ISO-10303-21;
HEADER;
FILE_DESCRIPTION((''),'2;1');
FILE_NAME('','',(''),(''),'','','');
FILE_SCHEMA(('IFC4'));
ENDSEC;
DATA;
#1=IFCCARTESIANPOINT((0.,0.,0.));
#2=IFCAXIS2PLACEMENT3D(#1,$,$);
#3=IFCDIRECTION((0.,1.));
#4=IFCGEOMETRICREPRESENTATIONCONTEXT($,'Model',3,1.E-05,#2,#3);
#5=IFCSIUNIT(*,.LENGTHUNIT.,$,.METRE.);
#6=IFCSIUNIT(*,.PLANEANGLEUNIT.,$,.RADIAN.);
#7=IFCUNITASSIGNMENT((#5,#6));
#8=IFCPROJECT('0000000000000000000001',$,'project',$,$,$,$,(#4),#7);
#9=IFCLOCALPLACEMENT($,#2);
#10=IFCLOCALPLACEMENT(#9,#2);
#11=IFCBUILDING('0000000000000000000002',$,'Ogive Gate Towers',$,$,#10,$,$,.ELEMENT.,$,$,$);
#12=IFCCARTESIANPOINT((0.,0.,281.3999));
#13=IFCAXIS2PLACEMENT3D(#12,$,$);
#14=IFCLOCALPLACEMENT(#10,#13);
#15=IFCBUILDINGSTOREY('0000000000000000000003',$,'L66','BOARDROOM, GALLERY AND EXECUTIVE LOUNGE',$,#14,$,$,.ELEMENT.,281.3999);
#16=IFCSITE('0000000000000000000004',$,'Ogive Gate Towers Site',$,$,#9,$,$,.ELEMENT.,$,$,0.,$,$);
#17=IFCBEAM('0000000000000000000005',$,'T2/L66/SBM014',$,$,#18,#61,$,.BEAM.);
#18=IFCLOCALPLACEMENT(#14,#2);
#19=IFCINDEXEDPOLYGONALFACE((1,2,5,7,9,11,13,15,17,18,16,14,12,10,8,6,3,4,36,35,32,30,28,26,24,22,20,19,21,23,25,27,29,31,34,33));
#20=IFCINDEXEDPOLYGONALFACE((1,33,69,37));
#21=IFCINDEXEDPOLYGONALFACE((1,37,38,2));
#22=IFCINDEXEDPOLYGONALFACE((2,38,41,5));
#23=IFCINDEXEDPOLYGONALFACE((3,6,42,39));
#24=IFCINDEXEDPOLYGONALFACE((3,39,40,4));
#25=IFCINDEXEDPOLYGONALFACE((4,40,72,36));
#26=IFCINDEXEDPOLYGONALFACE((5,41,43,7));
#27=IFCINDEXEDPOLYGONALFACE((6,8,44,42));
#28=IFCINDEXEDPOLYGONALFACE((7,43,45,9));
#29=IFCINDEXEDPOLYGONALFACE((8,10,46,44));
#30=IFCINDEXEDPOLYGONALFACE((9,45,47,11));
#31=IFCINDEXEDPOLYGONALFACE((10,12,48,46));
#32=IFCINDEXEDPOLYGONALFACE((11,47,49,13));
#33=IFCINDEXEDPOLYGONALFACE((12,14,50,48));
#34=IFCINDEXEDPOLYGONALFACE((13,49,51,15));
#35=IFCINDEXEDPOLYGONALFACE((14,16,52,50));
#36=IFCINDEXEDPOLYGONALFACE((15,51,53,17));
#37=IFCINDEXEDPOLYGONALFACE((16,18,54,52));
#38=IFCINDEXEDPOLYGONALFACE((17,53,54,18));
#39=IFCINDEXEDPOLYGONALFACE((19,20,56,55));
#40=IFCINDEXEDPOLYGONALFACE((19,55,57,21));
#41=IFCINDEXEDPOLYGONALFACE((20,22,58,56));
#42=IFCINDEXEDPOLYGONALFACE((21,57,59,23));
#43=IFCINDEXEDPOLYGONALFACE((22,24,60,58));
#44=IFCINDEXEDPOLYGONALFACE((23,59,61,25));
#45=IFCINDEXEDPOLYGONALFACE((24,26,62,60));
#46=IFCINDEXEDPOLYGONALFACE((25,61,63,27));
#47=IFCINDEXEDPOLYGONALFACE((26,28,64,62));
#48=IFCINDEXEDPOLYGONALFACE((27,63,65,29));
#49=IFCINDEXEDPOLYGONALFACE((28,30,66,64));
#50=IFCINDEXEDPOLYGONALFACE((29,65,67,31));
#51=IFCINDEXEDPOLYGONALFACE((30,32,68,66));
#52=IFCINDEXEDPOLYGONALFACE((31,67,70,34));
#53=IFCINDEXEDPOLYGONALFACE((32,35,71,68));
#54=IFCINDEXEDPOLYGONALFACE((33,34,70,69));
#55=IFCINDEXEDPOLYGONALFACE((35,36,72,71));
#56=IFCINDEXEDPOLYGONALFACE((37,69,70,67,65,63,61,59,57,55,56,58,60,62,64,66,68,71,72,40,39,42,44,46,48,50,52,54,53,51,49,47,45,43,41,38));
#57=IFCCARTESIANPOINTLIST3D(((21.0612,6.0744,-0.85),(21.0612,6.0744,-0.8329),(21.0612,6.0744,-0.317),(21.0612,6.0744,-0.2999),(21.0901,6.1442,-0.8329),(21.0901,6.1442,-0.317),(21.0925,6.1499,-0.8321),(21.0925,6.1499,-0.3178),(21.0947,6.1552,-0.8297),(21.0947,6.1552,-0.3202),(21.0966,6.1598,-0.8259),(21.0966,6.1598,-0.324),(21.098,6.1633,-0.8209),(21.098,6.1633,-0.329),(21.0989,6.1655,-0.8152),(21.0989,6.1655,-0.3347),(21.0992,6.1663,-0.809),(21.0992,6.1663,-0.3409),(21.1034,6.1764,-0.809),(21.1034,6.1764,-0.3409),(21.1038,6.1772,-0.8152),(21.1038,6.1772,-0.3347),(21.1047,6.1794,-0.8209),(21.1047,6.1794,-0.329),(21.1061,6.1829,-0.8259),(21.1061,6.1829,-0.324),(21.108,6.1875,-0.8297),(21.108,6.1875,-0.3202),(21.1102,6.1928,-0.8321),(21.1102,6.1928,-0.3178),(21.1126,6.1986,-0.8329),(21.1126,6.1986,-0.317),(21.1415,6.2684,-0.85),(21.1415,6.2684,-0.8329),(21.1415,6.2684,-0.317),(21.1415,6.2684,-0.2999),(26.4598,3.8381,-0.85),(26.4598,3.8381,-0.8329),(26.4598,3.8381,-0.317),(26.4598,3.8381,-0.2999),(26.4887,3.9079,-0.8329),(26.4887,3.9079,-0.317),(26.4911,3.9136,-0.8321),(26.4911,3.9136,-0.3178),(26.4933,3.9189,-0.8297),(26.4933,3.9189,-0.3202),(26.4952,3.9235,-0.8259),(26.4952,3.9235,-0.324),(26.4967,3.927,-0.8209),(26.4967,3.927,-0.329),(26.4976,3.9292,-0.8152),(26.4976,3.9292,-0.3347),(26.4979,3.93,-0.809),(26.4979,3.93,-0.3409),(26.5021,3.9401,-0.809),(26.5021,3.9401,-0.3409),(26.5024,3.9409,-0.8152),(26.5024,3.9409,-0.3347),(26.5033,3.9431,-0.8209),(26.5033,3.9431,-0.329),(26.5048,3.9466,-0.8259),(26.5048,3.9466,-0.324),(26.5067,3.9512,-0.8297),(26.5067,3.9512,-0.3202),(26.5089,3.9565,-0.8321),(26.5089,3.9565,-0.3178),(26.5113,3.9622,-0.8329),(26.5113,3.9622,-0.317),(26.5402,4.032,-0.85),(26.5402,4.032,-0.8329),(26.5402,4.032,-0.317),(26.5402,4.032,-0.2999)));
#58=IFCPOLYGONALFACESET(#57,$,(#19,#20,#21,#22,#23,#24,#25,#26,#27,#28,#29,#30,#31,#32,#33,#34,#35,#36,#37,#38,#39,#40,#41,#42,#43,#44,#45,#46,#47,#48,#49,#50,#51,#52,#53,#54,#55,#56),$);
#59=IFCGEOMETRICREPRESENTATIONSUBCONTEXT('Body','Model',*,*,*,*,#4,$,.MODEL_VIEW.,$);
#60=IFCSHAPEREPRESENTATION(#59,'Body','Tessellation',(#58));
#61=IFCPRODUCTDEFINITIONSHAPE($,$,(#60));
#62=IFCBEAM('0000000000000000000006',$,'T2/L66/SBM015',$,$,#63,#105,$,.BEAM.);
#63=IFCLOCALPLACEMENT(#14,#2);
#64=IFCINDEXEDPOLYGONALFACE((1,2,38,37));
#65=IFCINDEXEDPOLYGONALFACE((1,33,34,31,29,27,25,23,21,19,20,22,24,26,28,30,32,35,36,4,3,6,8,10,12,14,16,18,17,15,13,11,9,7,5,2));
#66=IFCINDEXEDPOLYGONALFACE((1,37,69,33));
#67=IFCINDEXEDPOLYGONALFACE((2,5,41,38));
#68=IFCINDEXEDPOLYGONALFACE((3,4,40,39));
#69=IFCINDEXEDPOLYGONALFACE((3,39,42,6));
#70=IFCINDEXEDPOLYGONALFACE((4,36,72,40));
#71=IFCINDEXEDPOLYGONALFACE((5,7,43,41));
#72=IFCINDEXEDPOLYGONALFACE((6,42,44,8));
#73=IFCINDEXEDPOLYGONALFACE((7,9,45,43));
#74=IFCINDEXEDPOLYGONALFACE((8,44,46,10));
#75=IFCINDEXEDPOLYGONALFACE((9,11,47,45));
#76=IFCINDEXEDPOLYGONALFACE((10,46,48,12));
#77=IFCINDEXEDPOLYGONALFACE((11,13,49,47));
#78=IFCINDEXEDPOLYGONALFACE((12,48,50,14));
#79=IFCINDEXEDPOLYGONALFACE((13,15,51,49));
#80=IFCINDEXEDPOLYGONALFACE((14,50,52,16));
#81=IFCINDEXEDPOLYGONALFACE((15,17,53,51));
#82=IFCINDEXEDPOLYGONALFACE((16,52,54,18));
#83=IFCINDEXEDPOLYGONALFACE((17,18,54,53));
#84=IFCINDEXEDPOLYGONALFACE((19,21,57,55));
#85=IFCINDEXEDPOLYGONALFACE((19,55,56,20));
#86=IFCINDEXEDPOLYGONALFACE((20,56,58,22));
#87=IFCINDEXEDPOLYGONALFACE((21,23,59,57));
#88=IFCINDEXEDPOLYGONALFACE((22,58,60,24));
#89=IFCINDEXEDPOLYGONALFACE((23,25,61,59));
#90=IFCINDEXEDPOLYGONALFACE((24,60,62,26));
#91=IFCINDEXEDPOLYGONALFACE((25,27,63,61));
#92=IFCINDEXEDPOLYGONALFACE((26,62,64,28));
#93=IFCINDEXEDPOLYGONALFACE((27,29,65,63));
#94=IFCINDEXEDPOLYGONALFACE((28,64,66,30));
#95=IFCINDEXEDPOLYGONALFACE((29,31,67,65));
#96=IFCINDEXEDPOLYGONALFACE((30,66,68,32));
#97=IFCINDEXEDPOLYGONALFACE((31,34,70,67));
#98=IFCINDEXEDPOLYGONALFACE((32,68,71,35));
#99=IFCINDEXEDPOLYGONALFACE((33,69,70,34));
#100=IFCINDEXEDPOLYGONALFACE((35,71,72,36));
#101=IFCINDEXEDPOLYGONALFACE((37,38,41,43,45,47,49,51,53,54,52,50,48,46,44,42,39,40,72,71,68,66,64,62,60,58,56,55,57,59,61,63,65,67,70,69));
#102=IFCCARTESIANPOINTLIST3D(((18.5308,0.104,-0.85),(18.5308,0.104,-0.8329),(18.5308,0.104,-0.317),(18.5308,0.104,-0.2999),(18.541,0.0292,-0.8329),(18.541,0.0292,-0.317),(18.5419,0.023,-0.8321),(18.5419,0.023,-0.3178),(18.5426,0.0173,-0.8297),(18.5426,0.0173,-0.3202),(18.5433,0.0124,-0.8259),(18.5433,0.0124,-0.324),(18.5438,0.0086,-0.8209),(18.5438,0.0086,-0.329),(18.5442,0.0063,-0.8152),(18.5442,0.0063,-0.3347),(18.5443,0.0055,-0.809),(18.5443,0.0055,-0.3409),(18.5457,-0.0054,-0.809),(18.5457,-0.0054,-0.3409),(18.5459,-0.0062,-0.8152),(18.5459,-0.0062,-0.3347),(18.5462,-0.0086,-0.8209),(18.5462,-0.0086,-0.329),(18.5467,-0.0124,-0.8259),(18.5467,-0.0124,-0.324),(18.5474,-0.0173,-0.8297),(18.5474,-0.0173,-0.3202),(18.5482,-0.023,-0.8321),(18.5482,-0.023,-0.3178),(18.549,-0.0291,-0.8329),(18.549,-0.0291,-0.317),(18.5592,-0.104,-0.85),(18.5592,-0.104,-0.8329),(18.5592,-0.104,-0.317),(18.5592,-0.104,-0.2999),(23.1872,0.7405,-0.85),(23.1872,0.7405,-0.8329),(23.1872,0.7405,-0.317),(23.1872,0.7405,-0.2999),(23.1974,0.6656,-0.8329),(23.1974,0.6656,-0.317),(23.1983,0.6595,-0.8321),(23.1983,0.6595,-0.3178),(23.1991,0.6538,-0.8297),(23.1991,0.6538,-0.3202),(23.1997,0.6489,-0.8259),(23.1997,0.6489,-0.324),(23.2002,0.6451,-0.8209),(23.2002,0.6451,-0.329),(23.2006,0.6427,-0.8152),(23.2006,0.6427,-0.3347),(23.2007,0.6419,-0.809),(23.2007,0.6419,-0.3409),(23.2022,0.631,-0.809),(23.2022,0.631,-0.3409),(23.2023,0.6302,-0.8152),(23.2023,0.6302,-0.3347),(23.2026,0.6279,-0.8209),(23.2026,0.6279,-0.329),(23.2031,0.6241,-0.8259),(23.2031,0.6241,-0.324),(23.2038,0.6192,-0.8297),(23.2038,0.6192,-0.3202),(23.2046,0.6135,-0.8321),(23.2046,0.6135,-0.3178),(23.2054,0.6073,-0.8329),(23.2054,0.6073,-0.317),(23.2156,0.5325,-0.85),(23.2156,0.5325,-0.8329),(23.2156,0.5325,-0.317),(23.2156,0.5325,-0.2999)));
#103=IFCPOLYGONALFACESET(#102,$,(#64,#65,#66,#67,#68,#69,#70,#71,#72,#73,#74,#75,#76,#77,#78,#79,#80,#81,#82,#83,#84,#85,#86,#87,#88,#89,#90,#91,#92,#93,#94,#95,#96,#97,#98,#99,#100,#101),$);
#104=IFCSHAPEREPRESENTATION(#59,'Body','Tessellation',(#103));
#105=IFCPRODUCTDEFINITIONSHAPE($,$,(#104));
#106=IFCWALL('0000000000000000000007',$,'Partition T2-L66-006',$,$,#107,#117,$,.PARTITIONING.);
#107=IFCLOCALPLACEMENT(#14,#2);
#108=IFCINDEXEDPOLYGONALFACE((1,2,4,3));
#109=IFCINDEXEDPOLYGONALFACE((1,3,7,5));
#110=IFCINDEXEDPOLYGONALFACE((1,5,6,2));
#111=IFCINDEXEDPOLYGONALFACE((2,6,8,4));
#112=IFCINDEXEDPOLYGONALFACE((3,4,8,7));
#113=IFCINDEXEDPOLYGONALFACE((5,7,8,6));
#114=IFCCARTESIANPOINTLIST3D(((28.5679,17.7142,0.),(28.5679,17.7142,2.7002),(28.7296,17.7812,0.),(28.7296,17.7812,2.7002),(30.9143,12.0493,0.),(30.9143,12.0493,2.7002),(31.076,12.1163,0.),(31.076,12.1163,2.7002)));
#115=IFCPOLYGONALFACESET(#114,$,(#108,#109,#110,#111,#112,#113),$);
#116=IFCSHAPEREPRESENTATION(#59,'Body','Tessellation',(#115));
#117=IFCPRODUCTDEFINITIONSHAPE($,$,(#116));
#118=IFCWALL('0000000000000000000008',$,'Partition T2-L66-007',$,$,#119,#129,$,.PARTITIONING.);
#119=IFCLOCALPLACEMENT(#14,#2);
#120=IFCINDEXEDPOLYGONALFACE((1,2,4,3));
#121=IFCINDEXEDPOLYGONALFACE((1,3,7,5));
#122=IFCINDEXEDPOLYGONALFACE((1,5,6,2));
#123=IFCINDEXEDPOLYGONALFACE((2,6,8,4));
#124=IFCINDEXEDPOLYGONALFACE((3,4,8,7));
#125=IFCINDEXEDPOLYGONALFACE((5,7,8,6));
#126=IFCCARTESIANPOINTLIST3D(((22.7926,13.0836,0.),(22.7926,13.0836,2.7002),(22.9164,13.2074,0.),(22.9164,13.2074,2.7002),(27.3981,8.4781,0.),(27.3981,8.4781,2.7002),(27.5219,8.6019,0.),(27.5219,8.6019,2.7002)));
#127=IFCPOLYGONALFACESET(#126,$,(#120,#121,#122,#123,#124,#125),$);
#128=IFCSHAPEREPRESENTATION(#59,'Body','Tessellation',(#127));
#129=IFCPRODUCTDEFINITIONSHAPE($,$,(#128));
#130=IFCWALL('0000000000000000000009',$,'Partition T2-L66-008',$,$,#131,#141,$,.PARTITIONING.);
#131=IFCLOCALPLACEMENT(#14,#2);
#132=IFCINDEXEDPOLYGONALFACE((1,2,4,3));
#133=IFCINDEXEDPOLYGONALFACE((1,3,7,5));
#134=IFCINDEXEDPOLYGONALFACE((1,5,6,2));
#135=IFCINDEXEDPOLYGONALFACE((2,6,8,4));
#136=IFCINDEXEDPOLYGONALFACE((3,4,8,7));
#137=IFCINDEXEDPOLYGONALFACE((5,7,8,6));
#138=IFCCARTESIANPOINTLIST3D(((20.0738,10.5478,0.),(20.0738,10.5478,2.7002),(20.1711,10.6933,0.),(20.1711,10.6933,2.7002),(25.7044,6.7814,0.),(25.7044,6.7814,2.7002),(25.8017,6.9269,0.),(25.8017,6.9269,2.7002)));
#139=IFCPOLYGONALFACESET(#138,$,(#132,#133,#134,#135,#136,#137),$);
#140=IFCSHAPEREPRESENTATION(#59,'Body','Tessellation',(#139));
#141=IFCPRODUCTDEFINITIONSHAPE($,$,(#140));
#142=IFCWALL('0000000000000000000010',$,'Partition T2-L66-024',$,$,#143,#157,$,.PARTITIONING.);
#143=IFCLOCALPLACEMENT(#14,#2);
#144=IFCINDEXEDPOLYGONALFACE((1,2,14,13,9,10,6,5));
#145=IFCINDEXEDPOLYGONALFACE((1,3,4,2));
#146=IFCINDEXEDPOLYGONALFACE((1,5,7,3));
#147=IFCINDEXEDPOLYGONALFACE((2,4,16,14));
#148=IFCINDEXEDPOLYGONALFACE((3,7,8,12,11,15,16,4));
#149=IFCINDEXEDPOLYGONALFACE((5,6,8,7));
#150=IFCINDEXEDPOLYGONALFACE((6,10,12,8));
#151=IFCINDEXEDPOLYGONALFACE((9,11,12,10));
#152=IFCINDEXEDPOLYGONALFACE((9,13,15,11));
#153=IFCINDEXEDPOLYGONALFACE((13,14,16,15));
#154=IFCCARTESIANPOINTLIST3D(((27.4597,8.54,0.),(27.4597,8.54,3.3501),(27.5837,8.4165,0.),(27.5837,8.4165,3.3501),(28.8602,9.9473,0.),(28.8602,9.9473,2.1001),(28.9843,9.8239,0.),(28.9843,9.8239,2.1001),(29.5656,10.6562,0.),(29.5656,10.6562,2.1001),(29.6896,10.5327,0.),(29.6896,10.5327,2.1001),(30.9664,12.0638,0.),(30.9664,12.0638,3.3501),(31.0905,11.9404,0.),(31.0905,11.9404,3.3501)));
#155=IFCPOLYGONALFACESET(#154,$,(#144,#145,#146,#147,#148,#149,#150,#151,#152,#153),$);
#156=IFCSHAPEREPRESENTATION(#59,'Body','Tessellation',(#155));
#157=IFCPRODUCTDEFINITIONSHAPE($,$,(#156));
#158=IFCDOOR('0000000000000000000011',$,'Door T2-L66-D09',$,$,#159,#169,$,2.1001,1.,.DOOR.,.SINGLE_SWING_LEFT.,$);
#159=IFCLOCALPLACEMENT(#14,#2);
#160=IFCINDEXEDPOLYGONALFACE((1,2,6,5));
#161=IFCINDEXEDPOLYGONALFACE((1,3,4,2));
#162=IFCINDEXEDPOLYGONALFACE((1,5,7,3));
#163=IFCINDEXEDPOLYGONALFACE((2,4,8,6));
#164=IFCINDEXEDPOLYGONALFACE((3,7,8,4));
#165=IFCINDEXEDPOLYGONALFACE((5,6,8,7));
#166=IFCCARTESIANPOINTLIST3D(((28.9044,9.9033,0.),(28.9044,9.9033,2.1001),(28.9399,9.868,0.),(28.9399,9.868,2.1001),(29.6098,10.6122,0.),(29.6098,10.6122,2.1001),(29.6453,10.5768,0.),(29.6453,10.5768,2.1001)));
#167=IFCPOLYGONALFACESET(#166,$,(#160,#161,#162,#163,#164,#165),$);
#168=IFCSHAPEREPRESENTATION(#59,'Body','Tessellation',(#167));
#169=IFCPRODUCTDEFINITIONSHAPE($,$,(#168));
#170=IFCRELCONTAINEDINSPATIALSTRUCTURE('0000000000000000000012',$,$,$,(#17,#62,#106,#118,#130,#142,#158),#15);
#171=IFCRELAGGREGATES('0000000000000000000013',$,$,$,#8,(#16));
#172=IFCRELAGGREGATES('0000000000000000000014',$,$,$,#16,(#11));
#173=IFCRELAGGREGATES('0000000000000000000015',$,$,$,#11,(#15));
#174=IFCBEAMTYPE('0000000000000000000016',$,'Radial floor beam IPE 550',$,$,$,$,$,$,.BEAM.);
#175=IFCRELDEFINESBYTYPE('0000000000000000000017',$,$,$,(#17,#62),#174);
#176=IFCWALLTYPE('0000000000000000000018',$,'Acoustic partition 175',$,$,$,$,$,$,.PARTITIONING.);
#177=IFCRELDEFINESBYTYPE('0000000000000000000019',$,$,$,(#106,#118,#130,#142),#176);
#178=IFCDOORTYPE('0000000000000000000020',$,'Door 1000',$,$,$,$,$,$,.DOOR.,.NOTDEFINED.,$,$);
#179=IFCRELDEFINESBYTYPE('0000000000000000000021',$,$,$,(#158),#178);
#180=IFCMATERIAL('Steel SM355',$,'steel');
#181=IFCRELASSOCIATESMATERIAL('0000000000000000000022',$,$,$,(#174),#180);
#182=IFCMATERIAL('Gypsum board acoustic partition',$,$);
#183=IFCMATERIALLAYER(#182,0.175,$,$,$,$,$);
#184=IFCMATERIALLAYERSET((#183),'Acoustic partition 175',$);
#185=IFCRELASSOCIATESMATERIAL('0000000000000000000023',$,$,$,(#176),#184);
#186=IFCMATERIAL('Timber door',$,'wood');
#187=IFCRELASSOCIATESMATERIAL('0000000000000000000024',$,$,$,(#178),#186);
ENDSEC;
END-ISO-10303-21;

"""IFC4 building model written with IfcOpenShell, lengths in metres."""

from ifc_helpers import new_model, si_unit, direction, frame, frame_2d, origin, origin_2d, place, context, subcontext, project, spatial, rectangle, i_section, extrude, material, layer, layer_set, material_profile, profile_set, type_object, element, fill, save


model = new_model("IFC4")

# Units and contexts
model_context = context("Model", 3, precision=1e-05, world=origin(), true_north=direction((0.0, 1.0)))
body_context = subcontext(model_context, "Body", "Model", "MODEL_VIEW")
ifc_project = project(units=[si_unit("LENGTHUNIT", "METRE"), si_unit("PLANEANGLEUNIT", "RADIAN")], contexts=[model_context])

# Site, building, storey
site_placement = place(None, origin())
site = spatial("IfcSite", under=ifc_project, at=site_placement, Name="Ogive Gate Towers Site", CompositionType="ELEMENT", RefElevation=0.0)
building_placement = place(site_placement, origin())
building = spatial("IfcBuilding", under=site, at=building_placement, Name="Ogive Gate Towers", CompositionType="ELEMENT")
storey_placement = place(building_placement, frame((0.0, 0.0, 281.3999)))
storey = spatial("IfcBuildingStorey", under=building, at=storey_placement, Name="L66", Description="BOARDROOM, GALLERY AND EXECUTIVE LOUNGE", CompositionType="ELEMENT", Elevation=281.3999)

# Beams
ifc_material_1 = material(Name="Steel SM355", Category="steel")
ifc_material_profile_1 = material_profile(ifc_material_1, i_section(OverallWidth=0.21, OverallDepth=0.55, WebThickness=0.011, FlangeThickness=0.0171, FilletRadius=0.0239, at=origin_2d()), Name="IPE 550")
ifc_profile_set_1 = profile_set([ifc_material_profile_1], Name="Steel SM355")
beam_type_1 = type_object("IfcBeamType", Name="Radial floor beam IPE 550", PredefinedType="BEAM", material=ifc_profile_set_1)
beam_1_placement = place(storey_placement, frame((26.5, 3.9351, -0.575), z_axis=(-0.923872, 0.382701, 0.0), x_axis=(-0.382701, -0.923872, 0.0)))
element("IfcBeam", 1, at=beam_1_placement, inside=storey, type_object=beam_type_1, Name="T2/L66/SBM014", PredefinedType="BEAM", context=body_context, shape_type="SweptSolid", body=[
    extrude(i_section(OverallWidth=0.21, OverallDepth=0.55, WebThickness=0.011, FlangeThickness=0.0171, FilletRadius=0.0239, at=origin_2d()), origin(), (0.0, 0.0, 1.0), 5.8435),
])
beam_2_placement = place(storey_placement, frame((23.2014, 0.6365, -0.575), z_axis=(-0.990787, -0.135426, 0.0), x_axis=(0.135426, -0.990787, 0.0)))
element("IfcBeam", 2, at=beam_2_placement, inside=storey, type_object=beam_type_1, Name="T2/L66/SBM015", PredefinedType="BEAM", context=body_context, shape_type="SweptSolid", body=[
    extrude(i_section(OverallWidth=0.21, OverallDepth=0.55, WebThickness=0.011, FlangeThickness=0.0171, FilletRadius=0.0239, at=origin_2d()), origin(), (0.0, 0.0, 1.0), 4.6997),
])

# Walls
ifc_material_2 = material(Name="Gypsum board acoustic partition")
ifc_layer_1 = layer(ifc_material_2, 0.175)
ifc_layer_set_1 = layer_set([ifc_layer_1], Name="Acoustic partition 175")
wall_type_1 = type_object("IfcWallType", Name="Acoustic partition 175", PredefinedType="PARTITIONING", material=ifc_layer_set_1)
wall_1_placement = place(storey_placement, frame((28.6487, 17.7478, 0.0), z_axis=(0.0, 0.0, 1.0), x_axis=(0.382684, -0.923879, 0.0)))
element("IfcWall", 3, at=wall_1_placement, inside=storey, type_object=wall_type_1, Name="Partition T2-L66-006", PredefinedType="PARTITIONING", context=body_context, shape_type="SweptSolid", body=[
    extrude(rectangle(XDim=6.1316, YDim=0.175, at=frame_2d((3.0659, 0.0))), origin(), (0.0, 0.0, 1.0), 2.7002),
])
wall_2_placement = place(storey_placement, frame((22.8545, 13.1455, 0.0), z_axis=(0.0, 0.0, 1.0), x_axis=(0.707107, -0.707107, 0.0)))
element("IfcWall", 4, at=wall_2_placement, inside=storey, type_object=wall_type_1, Name="Partition T2-L66-007", PredefinedType="PARTITIONING", context=body_context, shape_type="SweptSolid", body=[
    extrude(rectangle(XDim=6.5132, YDim=0.175, at=frame_2d((3.2566, 0.0))), origin(), (0.0, 0.0, 1.0), 2.7002),
])
wall_3_placement = place(storey_placement, frame((20.1223, 10.6206, 0.0), z_axis=(0.0, 0.0, 1.0), x_axis=(0.83119, -0.555989, 0.0)))
element("IfcWall", 5, at=wall_3_placement, inside=storey, type_object=wall_type_1, Name="Partition T2-L66-008", PredefinedType="PARTITIONING", context=body_context, shape_type="SweptSolid", body=[
    extrude(rectangle(XDim=6.7742, YDim=0.175, at=frame_2d((3.3872, 0.0))), origin(), (0.0, 0.0, 1.0), 2.7002),
])

# Wall, opening, door
wall_4_placement = place(storey_placement, frame((31.0286, 12.0022, 0.0), z_axis=(0.0, 0.0, 1.0), x_axis=(-0.705386, -0.708823, 0.0)))
wall_4 = element("IfcWall", 6, at=wall_4_placement, inside=storey, type_object=wall_type_1, Name="Partition T2-L66-024", PredefinedType="PARTITIONING", context=body_context, shape_type="SweptSolid", body=[
    extrude(rectangle(XDim=4.9714, YDim=0.175, at=frame_2d((2.4858, 0.0))), origin(), (0.0, 0.0, 1.0), 3.3501),
])
opening_1_placement = place(wall_4_placement, frame((1.9861, 0.0, 0.0)))
opening_1 = element("IfcOpeningElement", 7, at=opening_1_placement, cuts=wall_4, PredefinedType="OPENING", context=body_context, shape_type="SweptSolid", body=[
    extrude(rectangle(XDim=1.0, YDim=2.1001, at=frame_2d((0.5, 1.05))), frame((0.0, 0.0977, 0.0), z_axis=(0.0, -1.0, 0.0), x_axis=(1.0, 0.0, 0.0)), (0.0, 0.0, 1.0), 0.1951),
])
ifc_material_3 = material(Name="Timber door", Category="wood")
door_type_1 = type_object("IfcDoorType", Name="Door 1000", OperationType="NOTDEFINED", PredefinedType="DOOR", material=ifc_material_3)
door_1_placement = place(opening_1_placement, origin())
door_1 = element("IfcDoor", 8, at=door_1_placement, inside=storey, type_object=door_type_1, Name="Door T2-L66-D09", OperationType="SINGLE_SWING_LEFT", OverallHeight=2.1001, OverallWidth=1.0, PredefinedType="DOOR", context=body_context, shape_type="SweptSolid", body=[
    extrude(rectangle(XDim=1.0, YDim=2.1001, at=frame_2d((0.5, 1.05))), frame((0.0, 0.0249, 0.0), z_axis=(0.0, -1.0, 0.0), x_axis=(1.0, 0.0, 0.0)), (0.0, 0.0, 1.0), 0.05),
])
fill(opening_1, door_1)

save(model, "model.ifc")
